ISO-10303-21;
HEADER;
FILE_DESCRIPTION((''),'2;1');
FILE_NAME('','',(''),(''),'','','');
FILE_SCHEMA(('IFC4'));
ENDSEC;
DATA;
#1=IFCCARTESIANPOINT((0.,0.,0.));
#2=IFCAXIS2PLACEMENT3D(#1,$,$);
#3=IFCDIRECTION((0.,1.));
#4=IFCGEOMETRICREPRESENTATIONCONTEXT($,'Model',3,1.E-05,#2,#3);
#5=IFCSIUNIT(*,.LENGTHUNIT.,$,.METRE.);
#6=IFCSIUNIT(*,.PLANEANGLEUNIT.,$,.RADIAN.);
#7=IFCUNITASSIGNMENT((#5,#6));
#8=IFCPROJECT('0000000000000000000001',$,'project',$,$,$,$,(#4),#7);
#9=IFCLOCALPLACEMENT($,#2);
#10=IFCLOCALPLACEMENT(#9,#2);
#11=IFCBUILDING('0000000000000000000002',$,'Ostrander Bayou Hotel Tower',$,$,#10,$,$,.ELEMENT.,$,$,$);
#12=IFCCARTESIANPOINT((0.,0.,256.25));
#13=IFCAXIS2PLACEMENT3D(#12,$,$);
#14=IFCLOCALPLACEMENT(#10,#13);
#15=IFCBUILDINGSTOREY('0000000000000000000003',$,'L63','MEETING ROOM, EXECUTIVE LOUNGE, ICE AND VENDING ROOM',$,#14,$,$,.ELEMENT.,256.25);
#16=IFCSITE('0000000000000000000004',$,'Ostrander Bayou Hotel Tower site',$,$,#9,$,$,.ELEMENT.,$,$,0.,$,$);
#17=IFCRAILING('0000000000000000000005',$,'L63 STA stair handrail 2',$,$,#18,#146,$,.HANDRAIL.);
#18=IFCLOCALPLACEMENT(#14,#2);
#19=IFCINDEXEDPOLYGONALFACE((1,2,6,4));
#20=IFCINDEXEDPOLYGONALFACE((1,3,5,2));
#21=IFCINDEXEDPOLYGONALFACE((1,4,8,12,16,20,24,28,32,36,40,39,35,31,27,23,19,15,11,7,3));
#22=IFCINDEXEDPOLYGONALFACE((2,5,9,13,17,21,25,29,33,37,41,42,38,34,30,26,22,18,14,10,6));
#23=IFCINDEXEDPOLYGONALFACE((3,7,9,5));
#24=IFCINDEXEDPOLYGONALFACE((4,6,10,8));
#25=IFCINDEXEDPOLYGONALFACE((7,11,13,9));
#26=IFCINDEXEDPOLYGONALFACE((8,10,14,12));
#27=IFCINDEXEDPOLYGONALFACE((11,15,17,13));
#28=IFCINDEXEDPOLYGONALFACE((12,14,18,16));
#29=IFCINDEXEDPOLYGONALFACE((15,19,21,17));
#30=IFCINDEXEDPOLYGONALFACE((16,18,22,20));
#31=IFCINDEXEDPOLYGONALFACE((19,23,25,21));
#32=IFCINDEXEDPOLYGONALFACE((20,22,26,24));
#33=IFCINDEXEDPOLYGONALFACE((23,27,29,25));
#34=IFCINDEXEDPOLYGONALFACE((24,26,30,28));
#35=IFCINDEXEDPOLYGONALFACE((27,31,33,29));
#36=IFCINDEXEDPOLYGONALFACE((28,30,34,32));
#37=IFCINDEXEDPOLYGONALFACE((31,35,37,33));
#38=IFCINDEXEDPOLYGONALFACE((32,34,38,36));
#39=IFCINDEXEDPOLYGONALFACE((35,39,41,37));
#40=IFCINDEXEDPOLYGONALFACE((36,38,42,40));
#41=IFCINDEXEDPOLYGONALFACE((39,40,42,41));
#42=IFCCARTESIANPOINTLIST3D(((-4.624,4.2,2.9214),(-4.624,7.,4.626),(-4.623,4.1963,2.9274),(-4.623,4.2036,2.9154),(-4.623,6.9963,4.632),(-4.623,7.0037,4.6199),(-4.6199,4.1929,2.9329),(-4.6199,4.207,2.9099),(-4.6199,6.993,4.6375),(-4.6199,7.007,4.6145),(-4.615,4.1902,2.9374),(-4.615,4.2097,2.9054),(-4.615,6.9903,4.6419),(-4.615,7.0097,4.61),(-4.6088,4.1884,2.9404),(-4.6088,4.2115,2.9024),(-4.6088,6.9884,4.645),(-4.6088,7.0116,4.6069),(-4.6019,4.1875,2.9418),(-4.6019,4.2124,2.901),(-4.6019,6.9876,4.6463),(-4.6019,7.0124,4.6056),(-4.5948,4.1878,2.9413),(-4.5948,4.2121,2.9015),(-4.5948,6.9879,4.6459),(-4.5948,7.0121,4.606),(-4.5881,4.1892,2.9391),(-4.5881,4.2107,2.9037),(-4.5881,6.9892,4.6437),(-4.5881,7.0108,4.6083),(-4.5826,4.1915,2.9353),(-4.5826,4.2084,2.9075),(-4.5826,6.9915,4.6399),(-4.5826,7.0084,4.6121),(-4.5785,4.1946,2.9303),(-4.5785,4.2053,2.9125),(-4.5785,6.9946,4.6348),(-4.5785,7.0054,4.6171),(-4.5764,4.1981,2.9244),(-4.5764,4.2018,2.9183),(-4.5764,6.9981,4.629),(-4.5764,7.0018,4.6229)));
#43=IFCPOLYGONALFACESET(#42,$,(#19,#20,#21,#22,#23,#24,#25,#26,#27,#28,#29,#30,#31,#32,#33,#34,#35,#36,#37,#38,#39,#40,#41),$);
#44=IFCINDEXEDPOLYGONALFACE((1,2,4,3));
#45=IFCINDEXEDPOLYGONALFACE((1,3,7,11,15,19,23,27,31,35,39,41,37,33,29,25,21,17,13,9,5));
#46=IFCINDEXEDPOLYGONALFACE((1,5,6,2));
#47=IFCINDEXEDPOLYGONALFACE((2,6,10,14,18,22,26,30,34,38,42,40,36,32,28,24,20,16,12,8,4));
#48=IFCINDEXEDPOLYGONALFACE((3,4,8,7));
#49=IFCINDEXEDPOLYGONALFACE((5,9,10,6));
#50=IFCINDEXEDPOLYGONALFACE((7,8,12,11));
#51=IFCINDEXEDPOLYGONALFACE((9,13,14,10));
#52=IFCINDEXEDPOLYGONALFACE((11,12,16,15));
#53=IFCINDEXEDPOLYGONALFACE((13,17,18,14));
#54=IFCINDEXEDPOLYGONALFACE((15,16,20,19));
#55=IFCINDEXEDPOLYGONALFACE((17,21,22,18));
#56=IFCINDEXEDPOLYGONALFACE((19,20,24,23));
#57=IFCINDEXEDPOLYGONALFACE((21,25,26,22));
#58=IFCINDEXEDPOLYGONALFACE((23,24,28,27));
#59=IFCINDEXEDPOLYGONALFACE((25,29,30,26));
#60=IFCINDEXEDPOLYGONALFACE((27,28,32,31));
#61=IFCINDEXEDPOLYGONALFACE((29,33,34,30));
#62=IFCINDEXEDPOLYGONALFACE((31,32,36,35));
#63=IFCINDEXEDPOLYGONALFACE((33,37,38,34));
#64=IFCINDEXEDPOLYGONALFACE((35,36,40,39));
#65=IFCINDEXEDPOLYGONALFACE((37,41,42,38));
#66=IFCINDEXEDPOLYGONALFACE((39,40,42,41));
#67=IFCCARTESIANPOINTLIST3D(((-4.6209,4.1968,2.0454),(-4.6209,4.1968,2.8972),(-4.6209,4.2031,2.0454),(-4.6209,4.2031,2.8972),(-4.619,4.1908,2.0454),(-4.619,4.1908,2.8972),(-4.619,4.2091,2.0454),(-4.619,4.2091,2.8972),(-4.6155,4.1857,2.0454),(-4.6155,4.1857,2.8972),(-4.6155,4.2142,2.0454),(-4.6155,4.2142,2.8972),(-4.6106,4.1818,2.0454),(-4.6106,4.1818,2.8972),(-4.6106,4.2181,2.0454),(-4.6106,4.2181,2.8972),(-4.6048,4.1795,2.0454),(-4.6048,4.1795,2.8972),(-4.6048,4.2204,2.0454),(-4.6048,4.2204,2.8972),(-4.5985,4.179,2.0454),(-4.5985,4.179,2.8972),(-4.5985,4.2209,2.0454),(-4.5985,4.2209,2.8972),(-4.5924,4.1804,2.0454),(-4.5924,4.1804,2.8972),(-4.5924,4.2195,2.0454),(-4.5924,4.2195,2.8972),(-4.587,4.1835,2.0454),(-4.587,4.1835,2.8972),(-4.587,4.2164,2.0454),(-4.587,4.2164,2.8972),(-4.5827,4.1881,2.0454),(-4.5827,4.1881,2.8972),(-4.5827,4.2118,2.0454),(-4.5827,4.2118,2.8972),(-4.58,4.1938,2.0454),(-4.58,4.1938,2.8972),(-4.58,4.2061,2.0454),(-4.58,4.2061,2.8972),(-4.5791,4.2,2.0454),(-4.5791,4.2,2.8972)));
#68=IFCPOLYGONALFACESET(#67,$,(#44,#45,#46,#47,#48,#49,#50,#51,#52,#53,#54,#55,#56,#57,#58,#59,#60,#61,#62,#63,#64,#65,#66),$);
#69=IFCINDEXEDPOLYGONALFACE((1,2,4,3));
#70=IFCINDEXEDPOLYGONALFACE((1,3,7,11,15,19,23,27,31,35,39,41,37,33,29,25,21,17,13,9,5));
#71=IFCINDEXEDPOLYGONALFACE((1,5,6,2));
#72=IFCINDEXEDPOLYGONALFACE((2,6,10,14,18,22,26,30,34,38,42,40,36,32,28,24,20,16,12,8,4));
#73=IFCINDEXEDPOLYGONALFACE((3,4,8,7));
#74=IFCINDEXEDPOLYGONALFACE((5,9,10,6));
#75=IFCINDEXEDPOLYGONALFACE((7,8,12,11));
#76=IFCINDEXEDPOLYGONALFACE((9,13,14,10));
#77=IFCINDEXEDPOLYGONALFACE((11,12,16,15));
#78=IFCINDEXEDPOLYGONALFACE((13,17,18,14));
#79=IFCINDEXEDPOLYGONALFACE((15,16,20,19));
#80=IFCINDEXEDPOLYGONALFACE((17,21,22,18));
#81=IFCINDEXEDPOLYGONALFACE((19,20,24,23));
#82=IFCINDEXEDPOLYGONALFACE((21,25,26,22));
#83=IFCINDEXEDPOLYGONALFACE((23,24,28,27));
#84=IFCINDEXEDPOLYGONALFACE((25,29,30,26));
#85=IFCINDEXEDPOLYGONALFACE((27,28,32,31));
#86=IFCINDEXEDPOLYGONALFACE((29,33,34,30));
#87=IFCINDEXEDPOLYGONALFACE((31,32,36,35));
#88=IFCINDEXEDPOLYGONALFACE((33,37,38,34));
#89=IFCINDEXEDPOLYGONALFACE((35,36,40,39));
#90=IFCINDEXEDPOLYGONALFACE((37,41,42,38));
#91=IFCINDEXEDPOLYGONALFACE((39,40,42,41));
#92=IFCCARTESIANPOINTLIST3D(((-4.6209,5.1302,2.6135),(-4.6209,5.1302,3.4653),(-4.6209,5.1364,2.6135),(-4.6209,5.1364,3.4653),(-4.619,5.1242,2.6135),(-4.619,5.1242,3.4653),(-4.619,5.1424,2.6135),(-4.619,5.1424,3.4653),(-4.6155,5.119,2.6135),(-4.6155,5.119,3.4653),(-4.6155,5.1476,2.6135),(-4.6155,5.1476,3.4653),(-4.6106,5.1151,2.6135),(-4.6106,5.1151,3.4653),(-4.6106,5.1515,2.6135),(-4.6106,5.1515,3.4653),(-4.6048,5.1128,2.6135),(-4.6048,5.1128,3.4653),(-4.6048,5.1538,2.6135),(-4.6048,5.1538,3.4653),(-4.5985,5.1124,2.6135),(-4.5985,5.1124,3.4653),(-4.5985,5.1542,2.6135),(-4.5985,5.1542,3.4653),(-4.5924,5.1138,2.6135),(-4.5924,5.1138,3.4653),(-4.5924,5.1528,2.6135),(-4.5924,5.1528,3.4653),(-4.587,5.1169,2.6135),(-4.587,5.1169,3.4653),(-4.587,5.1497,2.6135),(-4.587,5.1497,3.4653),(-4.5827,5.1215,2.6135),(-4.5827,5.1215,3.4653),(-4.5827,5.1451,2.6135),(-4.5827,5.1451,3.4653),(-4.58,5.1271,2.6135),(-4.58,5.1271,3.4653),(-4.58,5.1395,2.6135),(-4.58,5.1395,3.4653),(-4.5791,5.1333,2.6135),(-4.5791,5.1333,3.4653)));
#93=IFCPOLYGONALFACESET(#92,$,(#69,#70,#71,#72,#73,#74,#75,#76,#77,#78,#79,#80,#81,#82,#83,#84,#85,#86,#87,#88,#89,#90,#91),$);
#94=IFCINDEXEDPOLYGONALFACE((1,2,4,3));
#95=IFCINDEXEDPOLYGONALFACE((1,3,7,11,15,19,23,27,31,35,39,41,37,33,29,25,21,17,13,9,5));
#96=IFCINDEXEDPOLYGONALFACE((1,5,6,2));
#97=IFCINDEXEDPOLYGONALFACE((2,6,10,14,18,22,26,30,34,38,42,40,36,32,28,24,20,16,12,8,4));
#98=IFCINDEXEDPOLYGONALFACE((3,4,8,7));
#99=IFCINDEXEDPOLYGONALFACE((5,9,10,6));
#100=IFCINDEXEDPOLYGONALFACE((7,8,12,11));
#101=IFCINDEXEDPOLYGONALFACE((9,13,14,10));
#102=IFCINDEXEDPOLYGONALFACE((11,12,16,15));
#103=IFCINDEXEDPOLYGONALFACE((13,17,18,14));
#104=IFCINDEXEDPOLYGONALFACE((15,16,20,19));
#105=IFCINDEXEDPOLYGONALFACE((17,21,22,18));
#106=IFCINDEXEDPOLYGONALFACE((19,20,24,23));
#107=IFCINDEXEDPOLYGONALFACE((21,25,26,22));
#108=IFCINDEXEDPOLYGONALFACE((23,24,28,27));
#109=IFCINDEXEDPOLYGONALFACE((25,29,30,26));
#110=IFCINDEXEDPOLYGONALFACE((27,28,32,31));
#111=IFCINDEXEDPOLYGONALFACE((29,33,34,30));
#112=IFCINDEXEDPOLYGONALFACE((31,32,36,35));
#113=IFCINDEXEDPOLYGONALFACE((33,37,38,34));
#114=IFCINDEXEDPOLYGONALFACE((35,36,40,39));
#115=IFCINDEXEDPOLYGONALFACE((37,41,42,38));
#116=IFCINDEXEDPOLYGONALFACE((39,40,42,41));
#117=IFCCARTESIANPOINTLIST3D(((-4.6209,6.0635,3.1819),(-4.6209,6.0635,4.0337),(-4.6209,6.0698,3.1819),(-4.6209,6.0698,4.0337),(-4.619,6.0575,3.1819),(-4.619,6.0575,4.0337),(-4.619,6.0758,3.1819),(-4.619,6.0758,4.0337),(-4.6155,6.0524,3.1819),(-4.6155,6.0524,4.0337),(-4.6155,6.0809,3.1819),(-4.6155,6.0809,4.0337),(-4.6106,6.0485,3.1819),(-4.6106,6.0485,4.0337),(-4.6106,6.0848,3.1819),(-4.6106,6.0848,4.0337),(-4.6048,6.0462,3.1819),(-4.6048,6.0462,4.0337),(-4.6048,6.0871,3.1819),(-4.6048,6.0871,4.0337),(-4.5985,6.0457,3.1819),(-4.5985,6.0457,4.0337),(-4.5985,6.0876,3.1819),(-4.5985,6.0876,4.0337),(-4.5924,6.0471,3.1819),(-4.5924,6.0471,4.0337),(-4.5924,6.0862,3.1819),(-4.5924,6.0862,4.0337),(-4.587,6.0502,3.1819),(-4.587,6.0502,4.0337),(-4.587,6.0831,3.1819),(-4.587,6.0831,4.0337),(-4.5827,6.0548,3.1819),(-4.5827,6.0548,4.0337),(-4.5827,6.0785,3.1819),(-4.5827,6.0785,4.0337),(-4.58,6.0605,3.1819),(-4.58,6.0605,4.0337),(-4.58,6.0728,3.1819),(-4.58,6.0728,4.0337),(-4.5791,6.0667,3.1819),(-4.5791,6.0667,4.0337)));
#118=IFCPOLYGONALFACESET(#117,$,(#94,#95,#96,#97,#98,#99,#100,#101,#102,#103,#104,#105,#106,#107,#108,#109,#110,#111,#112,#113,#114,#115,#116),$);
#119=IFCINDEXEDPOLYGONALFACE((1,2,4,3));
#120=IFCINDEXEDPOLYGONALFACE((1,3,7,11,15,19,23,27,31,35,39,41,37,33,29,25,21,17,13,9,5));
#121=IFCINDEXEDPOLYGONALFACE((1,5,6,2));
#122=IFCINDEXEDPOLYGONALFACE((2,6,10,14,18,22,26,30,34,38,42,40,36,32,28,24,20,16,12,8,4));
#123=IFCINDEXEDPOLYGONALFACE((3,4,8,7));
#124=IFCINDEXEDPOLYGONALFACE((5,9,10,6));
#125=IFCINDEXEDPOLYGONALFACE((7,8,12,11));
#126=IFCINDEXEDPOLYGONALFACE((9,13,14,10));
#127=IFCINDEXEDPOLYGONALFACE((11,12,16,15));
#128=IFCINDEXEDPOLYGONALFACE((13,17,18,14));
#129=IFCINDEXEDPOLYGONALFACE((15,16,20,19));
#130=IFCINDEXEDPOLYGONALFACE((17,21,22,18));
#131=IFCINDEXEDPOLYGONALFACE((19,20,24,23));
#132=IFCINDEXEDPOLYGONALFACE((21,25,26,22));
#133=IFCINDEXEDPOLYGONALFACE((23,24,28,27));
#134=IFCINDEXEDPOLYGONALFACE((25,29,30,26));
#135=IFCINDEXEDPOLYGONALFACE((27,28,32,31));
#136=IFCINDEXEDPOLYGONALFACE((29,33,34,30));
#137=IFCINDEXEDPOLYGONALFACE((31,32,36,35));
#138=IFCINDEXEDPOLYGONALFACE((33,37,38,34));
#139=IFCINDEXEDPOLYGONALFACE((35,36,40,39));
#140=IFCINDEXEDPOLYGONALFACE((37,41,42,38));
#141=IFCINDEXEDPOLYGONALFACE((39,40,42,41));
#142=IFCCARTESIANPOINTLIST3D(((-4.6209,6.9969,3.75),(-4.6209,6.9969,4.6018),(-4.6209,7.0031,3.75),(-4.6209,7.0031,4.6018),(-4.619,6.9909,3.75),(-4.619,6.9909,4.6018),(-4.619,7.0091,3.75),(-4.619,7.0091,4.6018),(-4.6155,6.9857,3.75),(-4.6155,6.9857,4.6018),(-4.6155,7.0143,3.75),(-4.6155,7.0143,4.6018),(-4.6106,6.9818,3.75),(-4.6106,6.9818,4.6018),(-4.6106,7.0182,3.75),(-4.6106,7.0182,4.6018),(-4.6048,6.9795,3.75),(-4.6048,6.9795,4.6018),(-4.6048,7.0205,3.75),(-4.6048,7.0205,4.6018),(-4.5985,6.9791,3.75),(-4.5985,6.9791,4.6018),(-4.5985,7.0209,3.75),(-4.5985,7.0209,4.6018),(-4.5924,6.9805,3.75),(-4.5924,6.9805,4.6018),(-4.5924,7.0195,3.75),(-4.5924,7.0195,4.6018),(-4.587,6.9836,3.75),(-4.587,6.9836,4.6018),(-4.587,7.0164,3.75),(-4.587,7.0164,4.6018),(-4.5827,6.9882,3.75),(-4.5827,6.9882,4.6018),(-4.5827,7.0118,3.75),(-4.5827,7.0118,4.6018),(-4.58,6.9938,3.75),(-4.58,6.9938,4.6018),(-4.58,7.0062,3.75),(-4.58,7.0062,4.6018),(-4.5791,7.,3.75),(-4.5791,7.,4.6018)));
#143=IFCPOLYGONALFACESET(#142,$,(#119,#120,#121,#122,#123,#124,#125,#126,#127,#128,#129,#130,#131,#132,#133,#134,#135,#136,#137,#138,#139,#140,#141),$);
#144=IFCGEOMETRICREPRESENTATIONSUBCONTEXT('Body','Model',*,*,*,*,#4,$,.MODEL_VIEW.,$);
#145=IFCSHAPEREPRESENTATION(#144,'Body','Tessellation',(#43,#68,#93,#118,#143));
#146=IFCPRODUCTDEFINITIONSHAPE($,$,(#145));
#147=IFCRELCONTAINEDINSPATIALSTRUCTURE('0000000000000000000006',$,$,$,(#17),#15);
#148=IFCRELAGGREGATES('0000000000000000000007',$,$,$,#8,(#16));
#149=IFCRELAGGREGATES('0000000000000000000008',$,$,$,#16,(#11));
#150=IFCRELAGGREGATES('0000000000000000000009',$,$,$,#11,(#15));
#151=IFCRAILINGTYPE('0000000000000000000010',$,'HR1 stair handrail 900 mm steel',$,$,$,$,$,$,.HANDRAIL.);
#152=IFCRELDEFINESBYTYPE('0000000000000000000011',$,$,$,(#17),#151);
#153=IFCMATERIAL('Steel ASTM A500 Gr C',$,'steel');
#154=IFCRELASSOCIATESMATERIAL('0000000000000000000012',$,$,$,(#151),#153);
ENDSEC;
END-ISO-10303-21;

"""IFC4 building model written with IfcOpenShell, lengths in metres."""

from ifc_helpers import new_model, si_unit, direction, frame, origin, origin_2d, place, context, subcontext, project, spatial, circle, extrude, material, type_object, element, save


model = new_model("IFC4")

# Units and contexts
model_context = context("Model", 3, precision=1e-05, world=origin(), true_north=direction((0.0, 1.0)))
body_context = subcontext(model_context, "Body", "Model", "MODEL_VIEW")
ifc_project = project(units=[si_unit("LENGTHUNIT", "METRE"), si_unit("PLANEANGLEUNIT", "RADIAN")], contexts=[model_context])

# Site, building, storey
site_placement = place(None, origin())
site = spatial("IfcSite", under=ifc_project, at=site_placement, Name="Ostrander Bayou Hotel Tower site", CompositionType="ELEMENT", RefElevation=0.0)
building_placement = place(site_placement, origin())
building = spatial("IfcBuilding", under=site, at=building_placement, Name="Ostrander Bayou Hotel Tower", CompositionType="ELEMENT")
storey_placement = place(building_placement, frame((0.0, 0.0, 256.25)))
storey = spatial("IfcBuildingStorey", under=building, at=storey_placement, Name="L63", Description="MEETING ROOM, EXECUTIVE LOUNGE, ICE AND VENDING ROOM", CompositionType="ELEMENT", Elevation=256.25)

# Railing
ifc_material_1 = material(Name="Steel ASTM A500 Gr C", Category="steel")
railing_type_1 = type_object("IfcRailingType", Name="HR1 stair handrail 900 mm steel", PredefinedType="HANDRAIL", material=ifc_material_1)
railing_1_placement = place(storey_placement, frame((-4.6001, 4.2, 2.0454)))
element("IfcRailing", 1, at=railing_1_placement, inside=storey, type_object=railing_type_1, Name="L63 STA stair handrail 2", PredefinedType="HANDRAIL", context=body_context, shape_type="SweptSolid", body=[
    extrude(circle(Radius=0.0239, at=origin_2d()), frame((0.0, 0.0, 0.876), z_axis=(0.0, 0.85417, 0.519994), x_axis=(-1.0, 0.0, 0.0)), (0.0, 0.0, 1.0), 3.2781),
    extrude(circle(Radius=0.021, at=origin_2d()), origin(), (0.0, 0.0, 1.0), 0.8518),
    extrude(circle(Radius=0.021, at=origin_2d()), frame((0.0, 0.9333, 0.5681)), (0.0, 0.0, 1.0), 0.8518),
    extrude(circle(Radius=0.021, at=origin_2d()), frame((0.0, 1.8667, 1.1365)), (0.0, 0.0, 1.0), 0.8518),
    extrude(circle(Radius=0.021, at=origin_2d()), frame((0.0, 2.8, 1.7046)), (0.0, 0.0, 1.0), 0.8518),
])

save(model, "model.ifc")
